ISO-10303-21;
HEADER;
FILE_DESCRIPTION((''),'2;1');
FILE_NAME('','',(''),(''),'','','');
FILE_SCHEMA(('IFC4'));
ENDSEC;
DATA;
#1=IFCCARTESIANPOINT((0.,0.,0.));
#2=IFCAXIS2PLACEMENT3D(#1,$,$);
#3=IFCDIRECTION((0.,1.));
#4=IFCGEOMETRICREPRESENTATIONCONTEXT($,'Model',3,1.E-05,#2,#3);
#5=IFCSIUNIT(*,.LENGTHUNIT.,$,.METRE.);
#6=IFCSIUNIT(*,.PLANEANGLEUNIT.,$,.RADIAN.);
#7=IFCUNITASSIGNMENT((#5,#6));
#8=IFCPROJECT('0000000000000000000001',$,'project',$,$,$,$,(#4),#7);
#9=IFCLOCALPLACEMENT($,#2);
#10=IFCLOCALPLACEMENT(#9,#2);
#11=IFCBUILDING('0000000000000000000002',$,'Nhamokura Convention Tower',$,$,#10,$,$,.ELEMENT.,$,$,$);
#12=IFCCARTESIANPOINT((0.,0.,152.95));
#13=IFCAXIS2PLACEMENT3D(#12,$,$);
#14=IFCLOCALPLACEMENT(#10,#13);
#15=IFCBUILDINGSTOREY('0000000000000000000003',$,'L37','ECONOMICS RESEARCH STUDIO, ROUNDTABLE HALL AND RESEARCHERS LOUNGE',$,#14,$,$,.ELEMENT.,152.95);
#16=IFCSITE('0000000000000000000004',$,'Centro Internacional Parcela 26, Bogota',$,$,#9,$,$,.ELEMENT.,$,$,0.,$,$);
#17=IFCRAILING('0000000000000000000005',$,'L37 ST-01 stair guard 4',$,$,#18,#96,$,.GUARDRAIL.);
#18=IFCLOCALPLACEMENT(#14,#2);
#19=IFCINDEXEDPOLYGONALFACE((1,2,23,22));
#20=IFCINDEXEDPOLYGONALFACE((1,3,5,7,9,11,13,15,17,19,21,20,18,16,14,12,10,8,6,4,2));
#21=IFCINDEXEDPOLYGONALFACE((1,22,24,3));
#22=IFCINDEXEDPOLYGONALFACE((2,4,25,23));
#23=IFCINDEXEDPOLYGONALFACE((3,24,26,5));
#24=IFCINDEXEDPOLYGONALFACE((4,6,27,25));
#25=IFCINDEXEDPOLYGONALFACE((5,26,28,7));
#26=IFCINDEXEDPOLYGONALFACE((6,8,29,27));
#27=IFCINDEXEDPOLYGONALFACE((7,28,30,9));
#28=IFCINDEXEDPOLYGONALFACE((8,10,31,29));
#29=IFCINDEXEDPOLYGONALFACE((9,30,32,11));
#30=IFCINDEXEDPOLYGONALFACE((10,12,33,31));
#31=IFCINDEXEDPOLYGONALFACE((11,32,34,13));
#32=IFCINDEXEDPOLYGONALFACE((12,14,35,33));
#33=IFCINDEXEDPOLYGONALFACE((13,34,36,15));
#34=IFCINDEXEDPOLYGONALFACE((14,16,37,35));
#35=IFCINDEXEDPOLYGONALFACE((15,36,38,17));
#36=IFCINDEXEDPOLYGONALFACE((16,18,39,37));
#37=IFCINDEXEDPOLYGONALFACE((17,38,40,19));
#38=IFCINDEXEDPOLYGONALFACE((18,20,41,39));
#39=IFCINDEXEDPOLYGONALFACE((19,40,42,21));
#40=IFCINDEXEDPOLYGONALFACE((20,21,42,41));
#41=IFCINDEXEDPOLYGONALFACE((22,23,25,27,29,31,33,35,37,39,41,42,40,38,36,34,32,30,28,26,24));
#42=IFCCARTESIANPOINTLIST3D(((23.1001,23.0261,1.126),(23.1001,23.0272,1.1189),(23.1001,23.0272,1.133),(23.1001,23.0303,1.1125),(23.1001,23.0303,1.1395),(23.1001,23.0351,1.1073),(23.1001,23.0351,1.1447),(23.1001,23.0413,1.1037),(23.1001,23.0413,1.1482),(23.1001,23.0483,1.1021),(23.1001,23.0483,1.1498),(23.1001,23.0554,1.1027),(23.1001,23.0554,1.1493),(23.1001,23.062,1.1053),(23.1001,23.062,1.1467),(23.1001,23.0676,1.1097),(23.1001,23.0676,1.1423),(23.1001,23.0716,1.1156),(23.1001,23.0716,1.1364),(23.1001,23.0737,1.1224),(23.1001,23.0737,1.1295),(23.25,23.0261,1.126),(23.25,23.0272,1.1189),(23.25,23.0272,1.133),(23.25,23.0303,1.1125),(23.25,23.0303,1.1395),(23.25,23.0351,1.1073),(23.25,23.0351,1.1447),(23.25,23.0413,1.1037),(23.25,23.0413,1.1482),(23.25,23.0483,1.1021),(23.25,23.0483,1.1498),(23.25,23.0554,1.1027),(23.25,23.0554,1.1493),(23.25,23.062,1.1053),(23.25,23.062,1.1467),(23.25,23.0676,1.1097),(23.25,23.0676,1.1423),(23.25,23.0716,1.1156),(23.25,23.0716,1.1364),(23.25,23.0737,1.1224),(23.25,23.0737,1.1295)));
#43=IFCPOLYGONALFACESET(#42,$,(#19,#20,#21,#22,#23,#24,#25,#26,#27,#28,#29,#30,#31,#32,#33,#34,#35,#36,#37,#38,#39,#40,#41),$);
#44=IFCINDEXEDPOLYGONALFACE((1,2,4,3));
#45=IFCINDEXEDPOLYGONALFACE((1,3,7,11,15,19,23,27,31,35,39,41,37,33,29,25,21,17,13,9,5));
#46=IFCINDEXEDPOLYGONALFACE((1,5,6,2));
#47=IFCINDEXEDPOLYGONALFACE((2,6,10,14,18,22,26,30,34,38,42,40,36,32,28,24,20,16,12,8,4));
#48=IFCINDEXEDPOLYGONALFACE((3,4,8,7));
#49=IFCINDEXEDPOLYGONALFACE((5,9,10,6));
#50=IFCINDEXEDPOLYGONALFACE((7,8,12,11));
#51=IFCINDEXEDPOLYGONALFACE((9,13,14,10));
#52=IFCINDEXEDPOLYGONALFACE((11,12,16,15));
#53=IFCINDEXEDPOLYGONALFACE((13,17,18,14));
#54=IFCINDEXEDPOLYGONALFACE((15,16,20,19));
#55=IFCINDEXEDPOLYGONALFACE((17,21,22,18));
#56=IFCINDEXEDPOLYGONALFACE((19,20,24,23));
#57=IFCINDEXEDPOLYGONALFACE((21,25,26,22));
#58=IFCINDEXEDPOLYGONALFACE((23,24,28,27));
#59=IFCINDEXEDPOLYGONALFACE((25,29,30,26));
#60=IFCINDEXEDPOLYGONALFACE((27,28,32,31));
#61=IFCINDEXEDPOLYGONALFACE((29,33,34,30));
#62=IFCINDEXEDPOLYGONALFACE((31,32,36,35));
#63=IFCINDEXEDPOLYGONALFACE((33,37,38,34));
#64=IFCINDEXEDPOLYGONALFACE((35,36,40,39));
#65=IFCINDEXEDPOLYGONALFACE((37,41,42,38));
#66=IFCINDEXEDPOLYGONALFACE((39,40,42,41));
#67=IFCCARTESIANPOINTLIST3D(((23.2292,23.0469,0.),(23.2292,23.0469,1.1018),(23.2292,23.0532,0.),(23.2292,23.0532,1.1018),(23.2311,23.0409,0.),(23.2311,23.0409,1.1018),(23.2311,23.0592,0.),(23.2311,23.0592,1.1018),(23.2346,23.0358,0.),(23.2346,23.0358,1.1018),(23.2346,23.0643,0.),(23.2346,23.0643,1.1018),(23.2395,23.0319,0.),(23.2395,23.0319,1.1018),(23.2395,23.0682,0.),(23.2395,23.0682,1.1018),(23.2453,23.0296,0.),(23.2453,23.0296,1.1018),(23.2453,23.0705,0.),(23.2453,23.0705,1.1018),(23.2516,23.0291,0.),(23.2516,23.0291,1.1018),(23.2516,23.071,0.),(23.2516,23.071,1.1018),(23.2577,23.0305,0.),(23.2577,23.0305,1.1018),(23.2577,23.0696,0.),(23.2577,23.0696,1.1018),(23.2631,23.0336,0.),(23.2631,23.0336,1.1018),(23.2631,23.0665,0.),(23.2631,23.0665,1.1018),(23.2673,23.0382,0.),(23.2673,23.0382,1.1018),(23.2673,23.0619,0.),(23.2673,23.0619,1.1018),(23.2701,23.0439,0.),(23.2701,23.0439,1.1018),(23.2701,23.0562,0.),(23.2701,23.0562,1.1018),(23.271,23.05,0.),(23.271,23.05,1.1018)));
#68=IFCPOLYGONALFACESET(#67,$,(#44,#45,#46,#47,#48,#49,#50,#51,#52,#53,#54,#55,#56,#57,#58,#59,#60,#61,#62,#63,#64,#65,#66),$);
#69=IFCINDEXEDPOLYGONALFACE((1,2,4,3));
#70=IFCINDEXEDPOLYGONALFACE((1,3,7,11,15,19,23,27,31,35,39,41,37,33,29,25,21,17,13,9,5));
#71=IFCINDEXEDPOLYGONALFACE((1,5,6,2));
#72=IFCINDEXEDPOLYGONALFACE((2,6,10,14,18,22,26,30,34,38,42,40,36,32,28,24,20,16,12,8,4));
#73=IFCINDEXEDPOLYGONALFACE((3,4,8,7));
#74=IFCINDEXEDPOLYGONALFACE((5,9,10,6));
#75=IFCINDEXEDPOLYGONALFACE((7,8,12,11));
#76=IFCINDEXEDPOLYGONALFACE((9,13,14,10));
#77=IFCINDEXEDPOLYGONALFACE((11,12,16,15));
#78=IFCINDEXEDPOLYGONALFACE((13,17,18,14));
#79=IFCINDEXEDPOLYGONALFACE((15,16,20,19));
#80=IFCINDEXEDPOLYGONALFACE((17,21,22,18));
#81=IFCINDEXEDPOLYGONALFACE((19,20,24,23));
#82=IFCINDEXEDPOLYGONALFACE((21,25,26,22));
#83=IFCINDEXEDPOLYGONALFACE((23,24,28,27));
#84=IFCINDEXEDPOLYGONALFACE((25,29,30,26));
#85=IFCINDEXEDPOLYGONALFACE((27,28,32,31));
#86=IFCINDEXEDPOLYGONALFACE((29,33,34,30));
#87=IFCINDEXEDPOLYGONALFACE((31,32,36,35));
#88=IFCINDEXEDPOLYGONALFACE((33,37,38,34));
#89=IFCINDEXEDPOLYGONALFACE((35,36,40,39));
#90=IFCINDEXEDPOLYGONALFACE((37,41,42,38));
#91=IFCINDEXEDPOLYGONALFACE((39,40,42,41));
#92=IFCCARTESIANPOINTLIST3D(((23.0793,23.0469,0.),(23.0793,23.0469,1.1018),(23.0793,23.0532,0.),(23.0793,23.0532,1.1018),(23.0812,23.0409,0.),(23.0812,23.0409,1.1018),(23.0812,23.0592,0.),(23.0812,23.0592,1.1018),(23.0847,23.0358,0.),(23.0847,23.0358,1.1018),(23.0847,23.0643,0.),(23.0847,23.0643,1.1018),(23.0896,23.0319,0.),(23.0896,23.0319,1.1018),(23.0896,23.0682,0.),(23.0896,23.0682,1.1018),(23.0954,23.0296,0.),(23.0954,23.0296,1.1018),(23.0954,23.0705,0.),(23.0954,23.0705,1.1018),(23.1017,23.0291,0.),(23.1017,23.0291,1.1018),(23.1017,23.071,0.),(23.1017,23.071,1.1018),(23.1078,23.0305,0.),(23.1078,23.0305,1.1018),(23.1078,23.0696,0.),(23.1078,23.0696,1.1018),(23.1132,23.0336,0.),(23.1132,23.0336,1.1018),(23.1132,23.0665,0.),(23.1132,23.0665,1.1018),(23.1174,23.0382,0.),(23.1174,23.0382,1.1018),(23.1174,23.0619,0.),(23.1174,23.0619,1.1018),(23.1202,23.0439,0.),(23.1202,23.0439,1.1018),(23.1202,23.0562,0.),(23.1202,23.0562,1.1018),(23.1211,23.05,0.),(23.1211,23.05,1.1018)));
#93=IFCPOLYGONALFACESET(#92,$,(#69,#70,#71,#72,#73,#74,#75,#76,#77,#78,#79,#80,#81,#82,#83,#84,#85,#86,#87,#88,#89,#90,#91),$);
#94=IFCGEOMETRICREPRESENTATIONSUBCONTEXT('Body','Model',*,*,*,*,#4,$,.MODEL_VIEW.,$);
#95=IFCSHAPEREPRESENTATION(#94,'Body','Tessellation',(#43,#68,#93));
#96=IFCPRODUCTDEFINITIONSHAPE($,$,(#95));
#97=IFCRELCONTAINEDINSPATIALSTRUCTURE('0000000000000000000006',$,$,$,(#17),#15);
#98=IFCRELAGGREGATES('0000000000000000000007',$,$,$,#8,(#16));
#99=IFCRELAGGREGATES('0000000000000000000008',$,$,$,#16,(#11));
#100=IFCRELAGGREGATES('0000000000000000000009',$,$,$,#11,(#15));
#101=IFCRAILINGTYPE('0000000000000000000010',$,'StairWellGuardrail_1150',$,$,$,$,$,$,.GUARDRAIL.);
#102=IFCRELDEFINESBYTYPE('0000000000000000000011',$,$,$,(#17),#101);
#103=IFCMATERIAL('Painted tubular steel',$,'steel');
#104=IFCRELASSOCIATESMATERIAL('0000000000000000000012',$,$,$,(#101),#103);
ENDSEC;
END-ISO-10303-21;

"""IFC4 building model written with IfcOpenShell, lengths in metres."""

from ifc_helpers import new_model, si_unit, direction, frame, origin, origin_2d, place, context, subcontext, project, spatial, circle, extrude, material, type_object, element, save


model = new_model("IFC4")

# Units and contexts
model_context = context("Model", 3, precision=1e-05, world=origin(), true_north=direction((0.0, 1.0)))
body_context = subcontext(model_context, "Body", "Model", "MODEL_VIEW")
ifc_project = project(units=[si_unit("LENGTHUNIT", "METRE"), si_unit("PLANEANGLEUNIT", "RADIAN")], contexts=[model_context])

# Site, building, storey
site_placement = place(None, origin())
site = spatial("IfcSite", under=ifc_project, at=site_placement, Name="Centro Internacional Parcela 26, Bogota", CompositionType="ELEMENT", RefElevation=0.0)
building_placement = place(site_placement, origin())
building = spatial("IfcBuilding", under=site, at=building_placement, Name="Nhamokura Convention Tower", CompositionType="ELEMENT")
storey_placement = place(building_placement, frame((0.0, 0.0, 152.95)))
storey = spatial("IfcBuildingStorey", under=building, at=storey_placement, Name="L37", Description="ECONOMICS RESEARCH STUDIO, ROUNDTABLE HALL AND RESEARCHERS LOUNGE", CompositionType="ELEMENT", Elevation=152.95)

# Railing
ifc_material_1 = material(Name="Painted tubular steel", Category="steel")
railing_type_1 = type_object("IfcRailingType", Name="StairWellGuardrail_1150", PredefinedType="GUARDRAIL", material=ifc_material_1)
railing_1_placement = place(storey_placement, frame((23.25, 23.05, 0.0)))
element("IfcRailing", 1, at=railing_1_placement, inside=storey, type_object=railing_type_1, Name="L37 ST-01 stair guard 4", PredefinedType="GUARDRAIL", context=body_context, shape_type="SweptSolid", body=[
    extrude(circle(Radius=0.0239, at=origin_2d()), frame((0.0, 0.0, 1.126), z_axis=(-1.0, 0.0, 0.0), x_axis=(0.0, -1.0, 0.0)), (0.0, 0.0, 1.0), 0.1499),
    extrude(circle(Radius=0.021, at=origin_2d()), origin(), (0.0, 0.0, 1.0), 1.1018),
    extrude(circle(Radius=0.021, at=origin_2d()), frame((-0.1499, 0.0, 0.0)), (0.0, 0.0, 1.0), 1.1018),
])

save(model, "model.ifc")
